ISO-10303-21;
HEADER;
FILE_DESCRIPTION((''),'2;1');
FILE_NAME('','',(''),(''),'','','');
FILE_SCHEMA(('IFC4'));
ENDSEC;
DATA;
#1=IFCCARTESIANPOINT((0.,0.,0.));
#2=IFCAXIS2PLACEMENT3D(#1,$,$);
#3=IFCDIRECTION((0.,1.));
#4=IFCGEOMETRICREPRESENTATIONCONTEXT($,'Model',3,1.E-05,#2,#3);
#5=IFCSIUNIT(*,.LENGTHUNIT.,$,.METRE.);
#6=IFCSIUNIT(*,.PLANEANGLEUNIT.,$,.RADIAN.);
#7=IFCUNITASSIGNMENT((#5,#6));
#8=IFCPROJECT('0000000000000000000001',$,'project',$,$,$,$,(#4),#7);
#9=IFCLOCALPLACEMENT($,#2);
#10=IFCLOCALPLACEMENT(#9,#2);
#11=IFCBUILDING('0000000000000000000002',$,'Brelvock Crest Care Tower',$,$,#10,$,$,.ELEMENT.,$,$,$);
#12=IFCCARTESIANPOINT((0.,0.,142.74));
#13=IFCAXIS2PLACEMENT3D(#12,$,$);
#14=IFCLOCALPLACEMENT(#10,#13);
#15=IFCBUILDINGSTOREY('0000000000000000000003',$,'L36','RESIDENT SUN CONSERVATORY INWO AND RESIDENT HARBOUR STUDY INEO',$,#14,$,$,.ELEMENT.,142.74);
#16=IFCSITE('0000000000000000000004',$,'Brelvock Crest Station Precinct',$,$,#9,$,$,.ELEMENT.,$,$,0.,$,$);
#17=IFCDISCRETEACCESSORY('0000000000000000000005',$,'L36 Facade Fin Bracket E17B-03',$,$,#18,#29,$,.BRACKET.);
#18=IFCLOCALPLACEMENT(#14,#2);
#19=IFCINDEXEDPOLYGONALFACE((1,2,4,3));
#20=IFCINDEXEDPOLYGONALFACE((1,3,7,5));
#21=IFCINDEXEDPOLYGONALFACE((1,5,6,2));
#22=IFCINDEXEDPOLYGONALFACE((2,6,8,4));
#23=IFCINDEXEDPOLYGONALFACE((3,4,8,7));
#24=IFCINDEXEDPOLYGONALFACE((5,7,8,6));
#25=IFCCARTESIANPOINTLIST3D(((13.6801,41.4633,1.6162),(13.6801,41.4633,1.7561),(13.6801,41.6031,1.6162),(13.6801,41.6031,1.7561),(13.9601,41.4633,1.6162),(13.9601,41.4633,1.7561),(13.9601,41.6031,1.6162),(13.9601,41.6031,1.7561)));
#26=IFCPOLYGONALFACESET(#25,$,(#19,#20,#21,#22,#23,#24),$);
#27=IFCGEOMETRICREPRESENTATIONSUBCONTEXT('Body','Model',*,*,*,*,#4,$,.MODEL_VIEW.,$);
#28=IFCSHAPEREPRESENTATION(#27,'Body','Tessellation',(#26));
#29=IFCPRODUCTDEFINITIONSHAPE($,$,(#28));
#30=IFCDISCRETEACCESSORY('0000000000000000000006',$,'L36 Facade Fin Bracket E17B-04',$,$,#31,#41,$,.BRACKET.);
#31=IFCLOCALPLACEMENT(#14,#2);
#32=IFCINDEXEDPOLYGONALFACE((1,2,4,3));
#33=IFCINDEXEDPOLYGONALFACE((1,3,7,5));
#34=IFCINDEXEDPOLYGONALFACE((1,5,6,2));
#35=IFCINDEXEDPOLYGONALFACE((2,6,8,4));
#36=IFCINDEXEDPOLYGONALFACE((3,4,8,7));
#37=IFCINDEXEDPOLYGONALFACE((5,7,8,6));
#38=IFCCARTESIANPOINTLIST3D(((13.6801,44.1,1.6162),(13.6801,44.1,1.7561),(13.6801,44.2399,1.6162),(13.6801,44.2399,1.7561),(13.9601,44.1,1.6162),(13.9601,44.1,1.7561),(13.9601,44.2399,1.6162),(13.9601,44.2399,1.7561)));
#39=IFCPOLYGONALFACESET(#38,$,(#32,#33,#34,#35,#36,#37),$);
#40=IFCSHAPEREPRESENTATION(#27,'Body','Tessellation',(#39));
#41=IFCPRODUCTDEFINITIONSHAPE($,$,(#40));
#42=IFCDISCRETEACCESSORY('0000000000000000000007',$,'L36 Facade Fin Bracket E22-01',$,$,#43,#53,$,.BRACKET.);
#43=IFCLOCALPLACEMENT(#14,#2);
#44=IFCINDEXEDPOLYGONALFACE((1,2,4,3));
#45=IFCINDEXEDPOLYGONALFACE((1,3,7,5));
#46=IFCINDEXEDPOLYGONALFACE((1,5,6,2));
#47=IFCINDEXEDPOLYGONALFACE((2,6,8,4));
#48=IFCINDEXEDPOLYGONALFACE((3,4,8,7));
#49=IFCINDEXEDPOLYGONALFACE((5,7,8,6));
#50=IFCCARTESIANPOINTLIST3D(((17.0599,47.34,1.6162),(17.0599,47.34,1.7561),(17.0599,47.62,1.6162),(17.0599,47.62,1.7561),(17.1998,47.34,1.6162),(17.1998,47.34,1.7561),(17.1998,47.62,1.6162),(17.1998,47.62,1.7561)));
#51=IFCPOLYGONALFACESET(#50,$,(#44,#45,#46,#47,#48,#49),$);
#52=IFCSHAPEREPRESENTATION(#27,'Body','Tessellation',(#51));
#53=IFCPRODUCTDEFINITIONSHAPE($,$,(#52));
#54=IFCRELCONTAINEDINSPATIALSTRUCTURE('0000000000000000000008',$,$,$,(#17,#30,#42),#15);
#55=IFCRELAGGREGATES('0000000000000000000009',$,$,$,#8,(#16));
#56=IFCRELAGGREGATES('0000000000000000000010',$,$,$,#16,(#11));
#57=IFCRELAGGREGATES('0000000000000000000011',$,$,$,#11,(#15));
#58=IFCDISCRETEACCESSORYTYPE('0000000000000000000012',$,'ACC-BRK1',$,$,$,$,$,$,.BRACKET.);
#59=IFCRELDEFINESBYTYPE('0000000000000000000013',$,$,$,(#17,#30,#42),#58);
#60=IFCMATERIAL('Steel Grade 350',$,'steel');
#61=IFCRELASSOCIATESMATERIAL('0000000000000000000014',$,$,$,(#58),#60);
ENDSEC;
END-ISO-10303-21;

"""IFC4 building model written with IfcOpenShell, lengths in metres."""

from ifc_helpers import new_model, si_unit, direction, frame, origin, origin_2d, place, context, subcontext, project, spatial, rectangle, extrude, source, transform, mapped, material, type_object, element, save


model = new_model("IFC4")

# Units and contexts
model_context = context("Model", 3, precision=1e-05, world=origin(), true_north=direction((0.0, 1.0)))
body_context = subcontext(model_context, "Body", "Model", "MODEL_VIEW")
ifc_project = project(units=[si_unit("LENGTHUNIT", "METRE"), si_unit("PLANEANGLEUNIT", "RADIAN")], contexts=[model_context])

# Site, building, storey
site_placement = place(None, origin())
site = spatial("IfcSite", under=ifc_project, at=site_placement, Name="Brelvock Crest Station Precinct", CompositionType="ELEMENT", RefElevation=0.0)
building_placement = place(site_placement, origin())
building = spatial("IfcBuilding", under=site, at=building_placement, Name="Brelvock Crest Care Tower", CompositionType="ELEMENT")
storey_placement = place(building_placement, frame((0.0, 0.0, 142.74)))
storey = spatial("IfcBuildingStorey", under=building, at=storey_placement, Name="L36", Description="RESIDENT SUN CONSERVATORY INWO AND RESIDENT HARBOUR STUDY INEO", CompositionType="ELEMENT", Elevation=142.74)

# Discrete accessories
ifc_material_1 = material(Name="Steel Grade 350", Category="steel")
discrete_accessory_type = type_object("IfcDiscreteAccessoryType", Name="ACC-BRK1", PredefinedType="BRACKET", material=ifc_material_1)
shared_shape_1 = source(origin(), body_context, "Body", "SweptSolid", [
    extrude(rectangle(XDim=0.28, YDim=0.1399, at=origin_2d()), origin(), (0.0, 0.0, 1.0), 0.1399),
])
for number, where, z_axis, x_axis, name in (
    (1, (13.8201, 41.5332, 1.6162), (0.0, 0.0, 1.0), (-1.0, 0.0, 0.0), "L36 Facade Fin Bracket E17B-03"),
    (2, (13.8201, 44.1699, 1.6162), (0.0, 0.0, 1.0), (-1.0, 0.0, 0.0), "L36 Facade Fin Bracket E17B-04"),
    (3, (17.1299, 47.48, 1.6162), (0.0, 0.0, 1.0), (0.0, 1.0, 0.0), "L36 Facade Fin Bracket E22-01"),
):
    element("IfcDiscreteAccessory", number, at=place(storey_placement, frame(where, z_axis=z_axis, x_axis=x_axis)), inside=storey, type_object=discrete_accessory_type, Name=name, PredefinedType="BRACKET", context=body_context, shape_type="MappedRepresentation", body=[
        mapped(shared_shape_1, transform((0.0, 0.0, 0.0), x_axis=(1.0, 0.0, 0.0), y_axis=(0.0, 1.0, 0.0), z_axis=(0.0, 0.0, 1.0), scale=1.0)),
    ])

save(model, "model.ifc")
